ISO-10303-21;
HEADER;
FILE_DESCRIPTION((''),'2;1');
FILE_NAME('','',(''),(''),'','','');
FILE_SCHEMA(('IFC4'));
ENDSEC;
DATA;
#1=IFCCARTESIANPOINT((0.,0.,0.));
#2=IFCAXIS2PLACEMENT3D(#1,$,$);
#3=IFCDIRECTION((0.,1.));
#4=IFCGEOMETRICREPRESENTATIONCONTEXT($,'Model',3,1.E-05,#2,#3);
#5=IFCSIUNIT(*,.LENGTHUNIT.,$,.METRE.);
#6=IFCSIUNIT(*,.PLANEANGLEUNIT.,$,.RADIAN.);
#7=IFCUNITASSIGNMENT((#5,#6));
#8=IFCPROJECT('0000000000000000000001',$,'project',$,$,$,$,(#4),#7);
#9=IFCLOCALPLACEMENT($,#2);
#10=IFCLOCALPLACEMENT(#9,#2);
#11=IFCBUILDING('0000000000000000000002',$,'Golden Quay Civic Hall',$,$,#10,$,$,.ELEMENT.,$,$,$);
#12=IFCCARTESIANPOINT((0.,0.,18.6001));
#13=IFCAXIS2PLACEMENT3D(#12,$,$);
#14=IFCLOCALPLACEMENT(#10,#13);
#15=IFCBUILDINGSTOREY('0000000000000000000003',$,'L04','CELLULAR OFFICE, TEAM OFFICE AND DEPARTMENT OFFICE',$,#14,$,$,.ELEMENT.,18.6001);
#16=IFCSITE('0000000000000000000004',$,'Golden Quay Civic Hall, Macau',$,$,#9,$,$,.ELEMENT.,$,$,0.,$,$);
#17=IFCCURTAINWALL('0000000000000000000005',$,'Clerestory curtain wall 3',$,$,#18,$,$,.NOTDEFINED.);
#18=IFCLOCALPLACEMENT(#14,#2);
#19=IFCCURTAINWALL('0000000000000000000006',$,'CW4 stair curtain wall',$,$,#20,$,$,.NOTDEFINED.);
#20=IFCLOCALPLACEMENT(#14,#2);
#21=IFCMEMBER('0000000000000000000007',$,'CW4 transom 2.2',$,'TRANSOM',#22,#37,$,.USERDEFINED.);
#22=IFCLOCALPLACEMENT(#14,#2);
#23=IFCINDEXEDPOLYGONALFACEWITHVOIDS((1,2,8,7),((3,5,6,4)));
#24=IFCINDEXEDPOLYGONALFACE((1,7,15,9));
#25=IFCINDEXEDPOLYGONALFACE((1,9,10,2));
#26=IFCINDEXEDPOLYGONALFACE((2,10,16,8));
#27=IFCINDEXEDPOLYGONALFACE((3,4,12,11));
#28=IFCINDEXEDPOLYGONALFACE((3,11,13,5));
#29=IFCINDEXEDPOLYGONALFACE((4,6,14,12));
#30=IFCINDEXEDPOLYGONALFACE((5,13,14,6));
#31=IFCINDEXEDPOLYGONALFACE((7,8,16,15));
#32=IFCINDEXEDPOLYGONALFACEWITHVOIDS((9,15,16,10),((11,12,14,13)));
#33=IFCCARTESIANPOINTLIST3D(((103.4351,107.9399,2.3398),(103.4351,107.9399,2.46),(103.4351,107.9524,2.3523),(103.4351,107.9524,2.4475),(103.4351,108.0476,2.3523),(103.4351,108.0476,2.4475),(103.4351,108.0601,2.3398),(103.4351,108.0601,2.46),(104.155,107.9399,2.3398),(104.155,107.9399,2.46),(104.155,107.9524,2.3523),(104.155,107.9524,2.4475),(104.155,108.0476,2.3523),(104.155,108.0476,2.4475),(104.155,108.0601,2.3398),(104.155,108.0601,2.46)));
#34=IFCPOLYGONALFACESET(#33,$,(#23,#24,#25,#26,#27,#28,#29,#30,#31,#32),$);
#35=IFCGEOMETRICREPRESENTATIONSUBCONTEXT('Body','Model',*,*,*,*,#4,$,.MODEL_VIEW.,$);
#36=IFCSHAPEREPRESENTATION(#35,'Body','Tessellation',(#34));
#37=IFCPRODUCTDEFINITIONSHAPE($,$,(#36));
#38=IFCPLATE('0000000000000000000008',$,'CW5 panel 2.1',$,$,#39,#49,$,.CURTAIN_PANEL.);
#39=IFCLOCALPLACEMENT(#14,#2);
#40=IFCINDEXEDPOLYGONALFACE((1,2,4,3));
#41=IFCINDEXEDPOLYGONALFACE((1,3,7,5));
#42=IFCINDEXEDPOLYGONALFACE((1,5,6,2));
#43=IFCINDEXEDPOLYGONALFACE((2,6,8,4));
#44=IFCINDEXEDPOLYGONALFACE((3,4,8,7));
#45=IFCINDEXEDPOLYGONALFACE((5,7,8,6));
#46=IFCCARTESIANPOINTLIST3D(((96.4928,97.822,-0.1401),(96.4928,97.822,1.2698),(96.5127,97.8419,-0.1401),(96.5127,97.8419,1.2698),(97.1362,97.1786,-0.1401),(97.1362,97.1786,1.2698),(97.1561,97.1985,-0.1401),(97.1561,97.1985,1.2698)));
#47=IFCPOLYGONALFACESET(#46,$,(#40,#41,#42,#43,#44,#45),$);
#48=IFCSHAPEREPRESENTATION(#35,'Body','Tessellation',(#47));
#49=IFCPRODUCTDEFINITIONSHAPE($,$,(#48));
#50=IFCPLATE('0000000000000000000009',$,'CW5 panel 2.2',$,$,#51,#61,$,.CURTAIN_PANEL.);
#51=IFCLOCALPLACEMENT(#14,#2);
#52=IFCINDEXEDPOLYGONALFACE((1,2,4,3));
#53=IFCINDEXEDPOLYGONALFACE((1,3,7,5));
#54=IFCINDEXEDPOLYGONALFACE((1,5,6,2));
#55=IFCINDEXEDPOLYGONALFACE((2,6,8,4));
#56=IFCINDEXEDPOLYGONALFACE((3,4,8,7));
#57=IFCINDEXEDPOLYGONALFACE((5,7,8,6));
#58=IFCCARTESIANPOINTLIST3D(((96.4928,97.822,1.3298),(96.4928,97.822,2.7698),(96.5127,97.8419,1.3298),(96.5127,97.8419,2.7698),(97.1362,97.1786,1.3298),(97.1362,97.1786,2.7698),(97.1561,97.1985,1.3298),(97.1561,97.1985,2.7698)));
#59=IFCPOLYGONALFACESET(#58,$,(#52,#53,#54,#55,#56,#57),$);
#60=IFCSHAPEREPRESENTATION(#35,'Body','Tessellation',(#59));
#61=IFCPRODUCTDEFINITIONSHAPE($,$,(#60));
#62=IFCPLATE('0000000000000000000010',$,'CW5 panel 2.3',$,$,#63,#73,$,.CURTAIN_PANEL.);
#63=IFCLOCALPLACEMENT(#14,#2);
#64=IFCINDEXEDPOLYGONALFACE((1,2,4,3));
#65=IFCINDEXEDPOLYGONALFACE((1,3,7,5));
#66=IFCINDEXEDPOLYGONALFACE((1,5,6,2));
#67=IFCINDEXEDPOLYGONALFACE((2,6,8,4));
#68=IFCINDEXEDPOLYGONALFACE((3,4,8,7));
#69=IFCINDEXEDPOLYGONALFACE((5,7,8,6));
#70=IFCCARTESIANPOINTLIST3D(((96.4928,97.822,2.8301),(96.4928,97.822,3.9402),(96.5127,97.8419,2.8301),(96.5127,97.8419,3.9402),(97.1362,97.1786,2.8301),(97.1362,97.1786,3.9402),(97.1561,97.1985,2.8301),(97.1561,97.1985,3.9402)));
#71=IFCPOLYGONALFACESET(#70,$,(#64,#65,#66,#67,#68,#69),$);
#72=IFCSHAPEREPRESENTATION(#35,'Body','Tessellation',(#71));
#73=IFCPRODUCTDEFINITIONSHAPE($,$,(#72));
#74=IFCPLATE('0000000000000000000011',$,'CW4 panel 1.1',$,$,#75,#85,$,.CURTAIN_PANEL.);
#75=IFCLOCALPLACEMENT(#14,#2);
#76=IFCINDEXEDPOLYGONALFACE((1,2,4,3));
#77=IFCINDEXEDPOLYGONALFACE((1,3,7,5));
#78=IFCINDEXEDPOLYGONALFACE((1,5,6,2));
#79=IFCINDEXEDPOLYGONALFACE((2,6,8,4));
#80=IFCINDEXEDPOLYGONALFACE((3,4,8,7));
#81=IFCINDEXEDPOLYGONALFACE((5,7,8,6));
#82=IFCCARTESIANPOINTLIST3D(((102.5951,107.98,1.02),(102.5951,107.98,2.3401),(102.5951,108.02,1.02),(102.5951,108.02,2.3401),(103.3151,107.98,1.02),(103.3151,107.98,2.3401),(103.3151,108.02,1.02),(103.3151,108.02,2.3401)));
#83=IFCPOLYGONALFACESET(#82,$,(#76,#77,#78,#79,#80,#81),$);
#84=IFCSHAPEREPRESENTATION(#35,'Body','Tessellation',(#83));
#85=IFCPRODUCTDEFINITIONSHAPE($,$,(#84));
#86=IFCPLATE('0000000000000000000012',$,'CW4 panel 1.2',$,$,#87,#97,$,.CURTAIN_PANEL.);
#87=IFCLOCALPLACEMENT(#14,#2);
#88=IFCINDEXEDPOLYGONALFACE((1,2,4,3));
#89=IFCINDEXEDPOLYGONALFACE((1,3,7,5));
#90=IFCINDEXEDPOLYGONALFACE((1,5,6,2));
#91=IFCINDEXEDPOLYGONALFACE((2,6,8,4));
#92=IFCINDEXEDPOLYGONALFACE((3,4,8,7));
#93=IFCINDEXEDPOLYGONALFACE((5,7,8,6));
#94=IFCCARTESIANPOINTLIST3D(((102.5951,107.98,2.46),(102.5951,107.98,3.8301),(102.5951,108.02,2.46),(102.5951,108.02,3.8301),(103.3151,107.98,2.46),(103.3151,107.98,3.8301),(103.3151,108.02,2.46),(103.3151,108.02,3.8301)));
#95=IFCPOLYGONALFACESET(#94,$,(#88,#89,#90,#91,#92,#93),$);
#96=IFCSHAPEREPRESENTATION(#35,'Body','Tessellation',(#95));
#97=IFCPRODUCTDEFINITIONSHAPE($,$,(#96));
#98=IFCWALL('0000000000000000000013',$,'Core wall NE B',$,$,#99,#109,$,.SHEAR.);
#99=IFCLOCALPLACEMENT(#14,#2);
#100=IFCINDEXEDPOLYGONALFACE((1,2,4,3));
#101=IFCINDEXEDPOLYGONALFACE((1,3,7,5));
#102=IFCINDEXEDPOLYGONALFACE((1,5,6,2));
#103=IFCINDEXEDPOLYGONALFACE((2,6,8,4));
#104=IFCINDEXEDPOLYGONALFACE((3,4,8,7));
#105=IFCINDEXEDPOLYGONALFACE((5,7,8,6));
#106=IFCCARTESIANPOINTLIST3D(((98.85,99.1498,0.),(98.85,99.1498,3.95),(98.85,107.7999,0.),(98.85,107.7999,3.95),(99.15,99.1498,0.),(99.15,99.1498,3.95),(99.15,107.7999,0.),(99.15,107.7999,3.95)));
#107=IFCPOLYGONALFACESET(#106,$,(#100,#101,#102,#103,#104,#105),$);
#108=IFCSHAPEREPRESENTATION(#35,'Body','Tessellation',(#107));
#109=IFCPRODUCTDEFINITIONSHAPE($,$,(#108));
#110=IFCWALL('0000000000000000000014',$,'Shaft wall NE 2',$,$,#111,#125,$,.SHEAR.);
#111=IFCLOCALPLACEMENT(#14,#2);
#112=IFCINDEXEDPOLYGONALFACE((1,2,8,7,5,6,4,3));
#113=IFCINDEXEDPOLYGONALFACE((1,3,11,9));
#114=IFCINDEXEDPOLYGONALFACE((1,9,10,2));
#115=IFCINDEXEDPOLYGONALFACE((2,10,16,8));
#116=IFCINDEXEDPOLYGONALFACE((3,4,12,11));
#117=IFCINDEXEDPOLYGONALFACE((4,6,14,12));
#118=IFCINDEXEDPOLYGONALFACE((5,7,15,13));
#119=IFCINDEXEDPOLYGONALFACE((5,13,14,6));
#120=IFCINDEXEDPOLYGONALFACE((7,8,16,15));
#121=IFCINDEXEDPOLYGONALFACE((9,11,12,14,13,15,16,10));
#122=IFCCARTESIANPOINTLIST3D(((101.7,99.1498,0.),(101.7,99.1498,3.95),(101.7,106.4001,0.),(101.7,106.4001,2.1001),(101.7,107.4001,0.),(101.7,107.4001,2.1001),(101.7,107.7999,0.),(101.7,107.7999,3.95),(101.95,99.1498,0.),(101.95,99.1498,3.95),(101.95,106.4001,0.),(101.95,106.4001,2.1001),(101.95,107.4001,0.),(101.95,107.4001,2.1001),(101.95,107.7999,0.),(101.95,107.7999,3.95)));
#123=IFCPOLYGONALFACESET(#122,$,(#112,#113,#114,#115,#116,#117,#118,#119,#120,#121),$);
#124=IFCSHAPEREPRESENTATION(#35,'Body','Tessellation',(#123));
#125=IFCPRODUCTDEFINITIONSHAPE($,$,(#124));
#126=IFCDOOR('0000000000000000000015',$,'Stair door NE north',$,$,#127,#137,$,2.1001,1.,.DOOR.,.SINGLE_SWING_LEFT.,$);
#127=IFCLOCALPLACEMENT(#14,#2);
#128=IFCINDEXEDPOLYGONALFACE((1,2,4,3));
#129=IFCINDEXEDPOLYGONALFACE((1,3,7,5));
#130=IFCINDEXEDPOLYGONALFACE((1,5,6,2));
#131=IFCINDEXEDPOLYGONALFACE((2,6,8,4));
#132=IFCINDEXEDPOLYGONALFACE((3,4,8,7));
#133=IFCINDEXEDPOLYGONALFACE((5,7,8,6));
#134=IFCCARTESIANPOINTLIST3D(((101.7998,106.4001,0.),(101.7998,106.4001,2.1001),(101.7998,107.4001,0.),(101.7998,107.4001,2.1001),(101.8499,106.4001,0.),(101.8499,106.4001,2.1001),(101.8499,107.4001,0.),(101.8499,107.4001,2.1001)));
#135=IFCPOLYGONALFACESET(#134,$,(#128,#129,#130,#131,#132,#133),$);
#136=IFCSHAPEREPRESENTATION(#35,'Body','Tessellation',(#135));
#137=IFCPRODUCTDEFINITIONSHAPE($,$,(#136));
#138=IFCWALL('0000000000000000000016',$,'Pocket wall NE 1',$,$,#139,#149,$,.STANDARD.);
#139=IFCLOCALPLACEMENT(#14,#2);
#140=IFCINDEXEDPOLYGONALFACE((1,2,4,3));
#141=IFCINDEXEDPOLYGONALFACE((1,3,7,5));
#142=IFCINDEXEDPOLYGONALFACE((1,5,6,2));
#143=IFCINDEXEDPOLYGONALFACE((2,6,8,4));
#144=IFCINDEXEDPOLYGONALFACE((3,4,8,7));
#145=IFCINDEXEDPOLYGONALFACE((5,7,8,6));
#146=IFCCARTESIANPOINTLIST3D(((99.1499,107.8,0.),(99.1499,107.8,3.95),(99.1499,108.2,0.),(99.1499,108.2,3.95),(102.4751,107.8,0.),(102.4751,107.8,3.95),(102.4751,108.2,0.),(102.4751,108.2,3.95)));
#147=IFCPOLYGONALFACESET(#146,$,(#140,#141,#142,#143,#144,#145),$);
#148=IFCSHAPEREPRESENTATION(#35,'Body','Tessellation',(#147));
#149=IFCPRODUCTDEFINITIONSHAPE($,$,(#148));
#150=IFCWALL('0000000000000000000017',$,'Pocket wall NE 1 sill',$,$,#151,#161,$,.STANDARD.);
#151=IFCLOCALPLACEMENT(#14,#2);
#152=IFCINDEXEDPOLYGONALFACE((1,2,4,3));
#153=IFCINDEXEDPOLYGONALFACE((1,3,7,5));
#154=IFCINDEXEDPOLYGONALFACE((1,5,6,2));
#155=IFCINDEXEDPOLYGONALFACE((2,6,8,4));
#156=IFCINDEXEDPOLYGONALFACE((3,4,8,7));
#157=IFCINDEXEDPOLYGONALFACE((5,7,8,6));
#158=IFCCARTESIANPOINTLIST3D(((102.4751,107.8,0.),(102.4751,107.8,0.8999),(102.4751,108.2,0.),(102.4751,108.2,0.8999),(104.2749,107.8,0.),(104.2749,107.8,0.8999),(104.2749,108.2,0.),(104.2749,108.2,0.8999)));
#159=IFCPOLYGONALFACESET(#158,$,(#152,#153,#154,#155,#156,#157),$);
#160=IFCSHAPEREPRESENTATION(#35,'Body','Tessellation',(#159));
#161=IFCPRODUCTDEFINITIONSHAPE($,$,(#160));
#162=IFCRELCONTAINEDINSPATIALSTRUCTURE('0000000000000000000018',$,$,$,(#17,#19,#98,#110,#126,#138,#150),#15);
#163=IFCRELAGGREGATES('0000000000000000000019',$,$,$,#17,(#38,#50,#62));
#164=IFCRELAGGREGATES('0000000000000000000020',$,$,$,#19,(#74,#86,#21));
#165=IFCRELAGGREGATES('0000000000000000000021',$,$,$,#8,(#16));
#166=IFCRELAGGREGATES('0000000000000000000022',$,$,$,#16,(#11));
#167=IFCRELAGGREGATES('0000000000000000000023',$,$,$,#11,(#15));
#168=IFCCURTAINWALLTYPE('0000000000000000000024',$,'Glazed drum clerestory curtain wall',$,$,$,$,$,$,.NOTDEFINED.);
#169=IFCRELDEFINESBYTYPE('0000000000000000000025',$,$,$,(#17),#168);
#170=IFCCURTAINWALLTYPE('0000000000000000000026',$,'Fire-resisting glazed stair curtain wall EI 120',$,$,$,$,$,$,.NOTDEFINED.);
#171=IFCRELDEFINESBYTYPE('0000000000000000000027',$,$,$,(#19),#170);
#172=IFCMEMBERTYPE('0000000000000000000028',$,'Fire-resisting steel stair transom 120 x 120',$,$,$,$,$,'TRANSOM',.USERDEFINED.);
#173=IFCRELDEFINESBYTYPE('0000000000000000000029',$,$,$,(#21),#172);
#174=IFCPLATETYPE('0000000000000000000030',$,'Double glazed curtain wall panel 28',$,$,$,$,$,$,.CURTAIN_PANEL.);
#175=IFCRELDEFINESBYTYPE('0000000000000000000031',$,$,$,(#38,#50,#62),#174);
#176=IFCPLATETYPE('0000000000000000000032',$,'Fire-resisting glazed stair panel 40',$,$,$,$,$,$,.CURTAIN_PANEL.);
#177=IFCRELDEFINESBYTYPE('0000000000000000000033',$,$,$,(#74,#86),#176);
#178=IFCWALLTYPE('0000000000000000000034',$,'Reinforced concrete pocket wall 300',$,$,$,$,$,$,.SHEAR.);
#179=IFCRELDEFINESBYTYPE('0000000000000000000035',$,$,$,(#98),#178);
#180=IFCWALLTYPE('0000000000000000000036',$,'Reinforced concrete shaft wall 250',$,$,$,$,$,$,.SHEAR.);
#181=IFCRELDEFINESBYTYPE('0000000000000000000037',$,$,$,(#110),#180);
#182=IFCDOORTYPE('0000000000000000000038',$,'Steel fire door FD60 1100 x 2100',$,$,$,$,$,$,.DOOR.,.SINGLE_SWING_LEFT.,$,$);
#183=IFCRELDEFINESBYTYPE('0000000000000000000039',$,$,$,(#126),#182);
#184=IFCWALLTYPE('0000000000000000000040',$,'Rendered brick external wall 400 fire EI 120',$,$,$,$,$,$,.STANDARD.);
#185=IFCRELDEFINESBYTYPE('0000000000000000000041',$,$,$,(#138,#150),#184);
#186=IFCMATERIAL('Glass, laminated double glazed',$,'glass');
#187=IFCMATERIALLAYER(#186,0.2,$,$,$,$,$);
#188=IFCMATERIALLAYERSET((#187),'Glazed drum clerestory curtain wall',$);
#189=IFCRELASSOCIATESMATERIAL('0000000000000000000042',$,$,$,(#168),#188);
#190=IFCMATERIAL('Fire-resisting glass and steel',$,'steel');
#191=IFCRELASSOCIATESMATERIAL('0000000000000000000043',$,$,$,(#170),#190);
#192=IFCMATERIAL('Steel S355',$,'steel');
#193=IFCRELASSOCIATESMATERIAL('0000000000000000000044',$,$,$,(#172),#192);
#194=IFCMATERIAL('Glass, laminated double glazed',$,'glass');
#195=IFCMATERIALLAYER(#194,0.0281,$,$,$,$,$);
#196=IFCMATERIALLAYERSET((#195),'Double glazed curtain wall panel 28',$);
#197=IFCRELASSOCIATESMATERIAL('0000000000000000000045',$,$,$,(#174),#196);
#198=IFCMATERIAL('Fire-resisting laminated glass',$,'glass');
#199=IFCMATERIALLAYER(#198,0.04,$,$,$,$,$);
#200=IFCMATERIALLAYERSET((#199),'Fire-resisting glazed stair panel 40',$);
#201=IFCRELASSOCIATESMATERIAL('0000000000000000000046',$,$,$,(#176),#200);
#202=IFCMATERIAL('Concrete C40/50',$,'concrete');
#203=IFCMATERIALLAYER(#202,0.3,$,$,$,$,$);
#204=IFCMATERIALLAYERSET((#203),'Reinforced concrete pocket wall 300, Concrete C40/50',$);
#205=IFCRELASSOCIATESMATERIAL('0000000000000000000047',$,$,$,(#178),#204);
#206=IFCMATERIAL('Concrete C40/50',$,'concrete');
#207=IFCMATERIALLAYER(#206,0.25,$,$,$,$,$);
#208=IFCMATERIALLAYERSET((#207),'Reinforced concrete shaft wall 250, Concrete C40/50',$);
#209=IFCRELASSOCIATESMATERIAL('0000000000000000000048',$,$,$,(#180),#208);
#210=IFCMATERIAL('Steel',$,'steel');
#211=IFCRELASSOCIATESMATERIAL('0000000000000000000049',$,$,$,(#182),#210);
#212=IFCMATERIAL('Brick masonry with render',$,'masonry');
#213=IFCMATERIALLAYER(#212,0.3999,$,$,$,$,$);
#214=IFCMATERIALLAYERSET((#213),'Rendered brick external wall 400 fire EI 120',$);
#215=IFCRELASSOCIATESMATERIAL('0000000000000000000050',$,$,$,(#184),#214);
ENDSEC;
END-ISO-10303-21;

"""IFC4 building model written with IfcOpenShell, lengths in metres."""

from ifc_helpers import new_model, si_unit, direction, frame, frame_2d, origin, origin_2d, place, context, subcontext, project, spatial, rectangle, hollow_rectangle, extrude, material, layer, layer_set, material_profile, profile_set, type_object, element, fill, aggregate, save


model = new_model("IFC4")

# Units and contexts
model_context = context("Model", 3, precision=1e-05, world=origin(), true_north=direction((0.0, 1.0)))
body_context = subcontext(model_context, "Body", "Model", "MODEL_VIEW")
ifc_project = project(units=[si_unit("LENGTHUNIT", "METRE"), si_unit("PLANEANGLEUNIT", "RADIAN")], contexts=[model_context])

# Site, building, storey
site_placement = place(None, origin())
site = spatial("IfcSite", under=ifc_project, at=site_placement, Name="Golden Quay Civic Hall, Macau", CompositionType="ELEMENT", RefElevation=0.0)
building_placement = place(site_placement, origin())
building = spatial("IfcBuilding", under=site, at=building_placement, Name="Golden Quay Civic Hall", CompositionType="ELEMENT")
storey_placement = place(building_placement, frame((0.0, 0.0, 18.6001)))
storey = spatial("IfcBuildingStorey", under=building, at=storey_placement, Name="L04", Description="CELLULAR OFFICE, TEAM OFFICE AND DEPARTMENT OFFICE", CompositionType="ELEMENT", Elevation=18.6001)

# Curtain walls, member
ifc_material_1 = material(Name="Glass, laminated double glazed", Category="glass")
ifc_layer_1 = layer(ifc_material_1, 0.2)
ifc_layer_set_1 = layer_set([ifc_layer_1], Name="Glazed drum clerestory curtain wall")
curtain_wall_type_1 = type_object("IfcCurtainWallType", Name="Glazed drum clerestory curtain wall", PredefinedType="NOTDEFINED", material=ifc_layer_set_1)
curtain_wall_1_placement = place(storey_placement, origin())
curtain_wall_1 = element("IfcCurtainWall", 1, at=curtain_wall_1_placement, inside=storey, type_object=curtain_wall_type_1, Name="Clerestory curtain wall 3", PredefinedType="NOTDEFINED")
ifc_material_2 = material(Name="Fire-resisting glass and steel", Category="steel")
curtain_wall_type_2 = type_object("IfcCurtainWallType", Name="Fire-resisting glazed stair curtain wall EI 120", PredefinedType="NOTDEFINED", material=ifc_material_2)
curtain_wall_2_placement = place(storey_placement, origin())
curtain_wall_2 = element("IfcCurtainWall", 2, at=curtain_wall_2_placement, inside=storey, type_object=curtain_wall_type_2, Name="CW4 stair curtain wall", PredefinedType="NOTDEFINED")
ifc_material_3 = material(Name="Steel S355", Category="steel")
ifc_material_profile_1 = material_profile(ifc_material_3, hollow_rectangle(XDim=0.1201, YDim=0.1201, WallThickness=0.0125, at=origin_2d()), Name="SHS 120x120x12.5")
ifc_profile_set_1 = profile_set([ifc_material_profile_1], Name="Steel S355")
member_type_1 = type_object("IfcMemberType", Name="Fire-resisting steel stair transom 120 x 120", ElementType="TRANSOM", PredefinedType="USERDEFINED", material=ifc_profile_set_1)
member_1_placement = place(storey_placement, frame((103.4351, 108.0, 2.3999), z_axis=(1.0, 0.0, 0.0), x_axis=(0.0, 1.0, 0.0)))
member_1 = element("IfcMember", 3, at=member_1_placement, type_object=member_type_1, Name="CW4 transom 2.2", ObjectType="TRANSOM", PredefinedType="USERDEFINED", context=body_context, shape_type="SweptSolid", body=[
    extrude(hollow_rectangle(XDim=0.1201, YDim=0.1201, WallThickness=0.0125, at=origin_2d()), origin(), (0.0, 0.0, 1.0), 0.72),
])

# Plates
ifc_material_4 = material(Name="Glass, laminated double glazed", Category="glass")
ifc_layer_2 = layer(ifc_material_4, 0.0281)
ifc_layer_set_2 = layer_set([ifc_layer_2], Name="Double glazed curtain wall panel 28")
plate_type_1 = type_object("IfcPlateType", Name="Double glazed curtain wall panel 28", PredefinedType="CURTAIN_PANEL", material=ifc_layer_set_2)
plate_1_placement = place(storey_placement, frame((96.8245, 97.5103, -0.1401), z_axis=(0.0, 0.0, 1.0), x_axis=(-0.707107, 0.707107, 0.0)))
plate_1 = element("IfcPlate", 4, at=plate_1_placement, type_object=plate_type_1, Name="CW5 panel 2.1", PredefinedType="CURTAIN_PANEL", context=body_context, shape_type="SweptSolid", body=[
    extrude(rectangle(XDim=0.9099, YDim=0.0281, at=origin_2d()), origin(), (0.0, 0.0, 1.0), 1.4099),
])
plate_2_placement = place(storey_placement, frame((96.8245, 97.5103, 1.3298), z_axis=(0.0, 0.0, 1.0), x_axis=(-0.707107, 0.707107, 0.0)))
plate_2 = element("IfcPlate", 5, at=plate_2_placement, type_object=plate_type_1, Name="CW5 panel 2.2", PredefinedType="CURTAIN_PANEL", context=body_context, shape_type="SweptSolid", body=[
    extrude(rectangle(XDim=0.9099, YDim=0.0281, at=origin_2d()), origin(), (0.0, 0.0, 1.0), 1.4399),
])
plate_3_placement = place(storey_placement, frame((96.8245, 97.5103, 2.8301), z_axis=(0.0, 0.0, 1.0), x_axis=(-0.707107, 0.707107, 0.0)))
plate_3 = element("IfcPlate", 6, at=plate_3_placement, type_object=plate_type_1, Name="CW5 panel 2.3", PredefinedType="CURTAIN_PANEL", context=body_context, shape_type="SweptSolid", body=[
    extrude(rectangle(XDim=0.9099, YDim=0.0281, at=origin_2d()), origin(), (0.0, 0.0, 1.0), 1.1101),
])
aggregate(curtain_wall_1, [plate_1, plate_2, plate_3])
ifc_material_5 = material(Name="Fire-resisting laminated glass", Category="glass")
ifc_layer_3 = layer(ifc_material_5, 0.04)
ifc_layer_set_3 = layer_set([ifc_layer_3], Name="Fire-resisting glazed stair panel 40")
plate_type_2 = type_object("IfcPlateType", Name="Fire-resisting glazed stair panel 40", PredefinedType="CURTAIN_PANEL", material=ifc_layer_set_3)
plate_4_placement = place(storey_placement, frame((102.9551, 108.0, 1.02), z_axis=(0.0, 0.0, 1.0), x_axis=(1.0, 0.0, 0.0)))
plate_4 = element("IfcPlate", 7, at=plate_4_placement, type_object=plate_type_2, Name="CW4 panel 1.1", PredefinedType="CURTAIN_PANEL", context=body_context, shape_type="SweptSolid", body=[
    extrude(rectangle(XDim=0.72, YDim=0.04, at=origin_2d()), origin(), (0.0, 0.0, 1.0), 1.3201),
])
plate_5_placement = place(storey_placement, frame((102.9551, 108.0, 2.46), z_axis=(0.0, 0.0, 1.0), x_axis=(1.0, 0.0, 0.0)))
plate_5 = element("IfcPlate", 8, at=plate_5_placement, type_object=plate_type_2, Name="CW4 panel 1.2", PredefinedType="CURTAIN_PANEL", context=body_context, shape_type="SweptSolid", body=[
    extrude(rectangle(XDim=0.72, YDim=0.04, at=origin_2d()), origin(), (0.0, 0.0, 1.0), 1.3701),
])
aggregate(curtain_wall_2, [plate_4, plate_5, member_1])

# Wall
ifc_material_6 = material(Name="Concrete C40/50", Category="concrete")
ifc_layer_4 = layer(ifc_material_6, 0.3)
ifc_layer_set_4 = layer_set([ifc_layer_4], Name="Reinforced concrete pocket wall 300, Concrete C40/50")
wall_type_1 = type_object("IfcWallType", Name="Reinforced concrete pocket wall 300", PredefinedType="SHEAR", material=ifc_layer_set_4)
wall_1_placement = place(storey_placement, frame((99.0, 107.8, 0.0), z_axis=(0.0, 0.0, 1.0), x_axis=(0.0, -1.0, 0.0)))
element("IfcWall", 9, at=wall_1_placement, inside=storey, type_object=wall_type_1, Name="Core wall NE B", PredefinedType="SHEAR", context=body_context, shape_type="SweptSolid", body=[
    extrude(rectangle(XDim=8.6501, YDim=0.3, at=frame_2d((4.3252, 0.0))), origin(), (0.0, 0.0, 1.0), 3.95),
])

# Wall, opening, door
ifc_material_7 = material(Name="Concrete C40/50", Category="concrete")
ifc_layer_5 = layer(ifc_material_7, 0.25)
ifc_layer_set_5 = layer_set([ifc_layer_5], Name="Reinforced concrete shaft wall 250, Concrete C40/50")
wall_type_2 = type_object("IfcWallType", Name="Reinforced concrete shaft wall 250", PredefinedType="SHEAR", material=ifc_layer_set_5)
wall_2_placement = place(storey_placement, frame((101.825, 107.8, 0.0), z_axis=(0.0, 0.0, 1.0), x_axis=(0.0, -1.0, 0.0)))
wall_2 = element("IfcWall", 10, at=wall_2_placement, inside=storey, type_object=wall_type_2, Name="Shaft wall NE 2", PredefinedType="SHEAR", context=body_context, shape_type="SweptSolid", body=[
    extrude(rectangle(XDim=8.6501, YDim=0.25, at=frame_2d((4.3252, 0.0))), origin(), (0.0, 0.0, 1.0), 3.95),
])
opening_placement = place(wall_2_placement, frame((0.3999, 0.0, 0.0)))
opening = element("IfcOpeningElement", 11, at=opening_placement, cuts=wall_2, PredefinedType="OPENING", context=body_context, shape_type="SweptSolid", body=[
    extrude(rectangle(XDim=1.0, YDim=2.1001, at=frame_2d((0.5, 1.05))), frame((0.0, 0.135, 0.0), z_axis=(0.0, -1.0, 0.0), x_axis=(1.0, 0.0, 0.0)), (0.0, 0.0, 1.0), 0.27),
])
ifc_material_8 = material(Name="Steel", Category="steel")
door_type = type_object("IfcDoorType", Name="Steel fire door FD60 1100 x 2100", OperationType="SINGLE_SWING_LEFT", PredefinedType="DOOR", material=ifc_material_8)
door_placement = place(opening_placement, origin())
door = element("IfcDoor", 12, at=door_placement, inside=storey, type_object=door_type, Name="Stair door NE north", OperationType="SINGLE_SWING_LEFT", OverallHeight=2.1001, OverallWidth=1.0, PredefinedType="DOOR", context=body_context, shape_type="SweptSolid", body=[
    extrude(rectangle(XDim=1.0, YDim=2.1001, at=frame_2d((0.5, 1.05))), frame((0.0, 0.0249, 0.0), z_axis=(0.0, -1.0, 0.0), x_axis=(1.0, 0.0, 0.0)), (0.0, 0.0, 1.0), 0.05),
])
fill(opening, door)

# Walls
ifc_material_9 = material(Name="Brick masonry with render", Category="masonry")
ifc_layer_6 = layer(ifc_material_9, 0.3999)
ifc_layer_set_6 = layer_set([ifc_layer_6], Name="Rendered brick external wall 400 fire EI 120")
wall_type_3 = type_object("IfcWallType", Name="Rendered brick external wall 400 fire EI 120", PredefinedType="STANDARD", material=ifc_layer_set_6)
wall_3_placement = place(storey_placement, frame((99.1499, 108.0, 0.0), z_axis=(0.0, 0.0, 1.0), x_axis=(1.0, 0.0, 0.0)))
element("IfcWall", 13, at=wall_3_placement, inside=storey, type_object=wall_type_3, Name="Pocket wall NE 1", PredefinedType="STANDARD", context=body_context, shape_type="SweptSolid", body=[
    extrude(rectangle(XDim=3.3252, YDim=0.3999, at=frame_2d((1.6626, 0.0))), origin(), (0.0, 0.0, 1.0), 3.95),
])
wall_4_placement = place(storey_placement, frame((102.4751, 108.0, 0.0), z_axis=(0.0, 0.0, 1.0), x_axis=(1.0, 0.0, 0.0)))
element("IfcWall", 14, at=wall_4_placement, inside=storey, type_object=wall_type_3, Name="Pocket wall NE 1 sill", PredefinedType="STANDARD", context=body_context, shape_type="SweptSolid", body=[
    extrude(rectangle(XDim=1.7998, YDim=0.3999, at=frame_2d((0.8999, 0.0))), origin(), (0.0, 0.0, 1.0), 0.8999),
])

save(model, "model.ifc")
